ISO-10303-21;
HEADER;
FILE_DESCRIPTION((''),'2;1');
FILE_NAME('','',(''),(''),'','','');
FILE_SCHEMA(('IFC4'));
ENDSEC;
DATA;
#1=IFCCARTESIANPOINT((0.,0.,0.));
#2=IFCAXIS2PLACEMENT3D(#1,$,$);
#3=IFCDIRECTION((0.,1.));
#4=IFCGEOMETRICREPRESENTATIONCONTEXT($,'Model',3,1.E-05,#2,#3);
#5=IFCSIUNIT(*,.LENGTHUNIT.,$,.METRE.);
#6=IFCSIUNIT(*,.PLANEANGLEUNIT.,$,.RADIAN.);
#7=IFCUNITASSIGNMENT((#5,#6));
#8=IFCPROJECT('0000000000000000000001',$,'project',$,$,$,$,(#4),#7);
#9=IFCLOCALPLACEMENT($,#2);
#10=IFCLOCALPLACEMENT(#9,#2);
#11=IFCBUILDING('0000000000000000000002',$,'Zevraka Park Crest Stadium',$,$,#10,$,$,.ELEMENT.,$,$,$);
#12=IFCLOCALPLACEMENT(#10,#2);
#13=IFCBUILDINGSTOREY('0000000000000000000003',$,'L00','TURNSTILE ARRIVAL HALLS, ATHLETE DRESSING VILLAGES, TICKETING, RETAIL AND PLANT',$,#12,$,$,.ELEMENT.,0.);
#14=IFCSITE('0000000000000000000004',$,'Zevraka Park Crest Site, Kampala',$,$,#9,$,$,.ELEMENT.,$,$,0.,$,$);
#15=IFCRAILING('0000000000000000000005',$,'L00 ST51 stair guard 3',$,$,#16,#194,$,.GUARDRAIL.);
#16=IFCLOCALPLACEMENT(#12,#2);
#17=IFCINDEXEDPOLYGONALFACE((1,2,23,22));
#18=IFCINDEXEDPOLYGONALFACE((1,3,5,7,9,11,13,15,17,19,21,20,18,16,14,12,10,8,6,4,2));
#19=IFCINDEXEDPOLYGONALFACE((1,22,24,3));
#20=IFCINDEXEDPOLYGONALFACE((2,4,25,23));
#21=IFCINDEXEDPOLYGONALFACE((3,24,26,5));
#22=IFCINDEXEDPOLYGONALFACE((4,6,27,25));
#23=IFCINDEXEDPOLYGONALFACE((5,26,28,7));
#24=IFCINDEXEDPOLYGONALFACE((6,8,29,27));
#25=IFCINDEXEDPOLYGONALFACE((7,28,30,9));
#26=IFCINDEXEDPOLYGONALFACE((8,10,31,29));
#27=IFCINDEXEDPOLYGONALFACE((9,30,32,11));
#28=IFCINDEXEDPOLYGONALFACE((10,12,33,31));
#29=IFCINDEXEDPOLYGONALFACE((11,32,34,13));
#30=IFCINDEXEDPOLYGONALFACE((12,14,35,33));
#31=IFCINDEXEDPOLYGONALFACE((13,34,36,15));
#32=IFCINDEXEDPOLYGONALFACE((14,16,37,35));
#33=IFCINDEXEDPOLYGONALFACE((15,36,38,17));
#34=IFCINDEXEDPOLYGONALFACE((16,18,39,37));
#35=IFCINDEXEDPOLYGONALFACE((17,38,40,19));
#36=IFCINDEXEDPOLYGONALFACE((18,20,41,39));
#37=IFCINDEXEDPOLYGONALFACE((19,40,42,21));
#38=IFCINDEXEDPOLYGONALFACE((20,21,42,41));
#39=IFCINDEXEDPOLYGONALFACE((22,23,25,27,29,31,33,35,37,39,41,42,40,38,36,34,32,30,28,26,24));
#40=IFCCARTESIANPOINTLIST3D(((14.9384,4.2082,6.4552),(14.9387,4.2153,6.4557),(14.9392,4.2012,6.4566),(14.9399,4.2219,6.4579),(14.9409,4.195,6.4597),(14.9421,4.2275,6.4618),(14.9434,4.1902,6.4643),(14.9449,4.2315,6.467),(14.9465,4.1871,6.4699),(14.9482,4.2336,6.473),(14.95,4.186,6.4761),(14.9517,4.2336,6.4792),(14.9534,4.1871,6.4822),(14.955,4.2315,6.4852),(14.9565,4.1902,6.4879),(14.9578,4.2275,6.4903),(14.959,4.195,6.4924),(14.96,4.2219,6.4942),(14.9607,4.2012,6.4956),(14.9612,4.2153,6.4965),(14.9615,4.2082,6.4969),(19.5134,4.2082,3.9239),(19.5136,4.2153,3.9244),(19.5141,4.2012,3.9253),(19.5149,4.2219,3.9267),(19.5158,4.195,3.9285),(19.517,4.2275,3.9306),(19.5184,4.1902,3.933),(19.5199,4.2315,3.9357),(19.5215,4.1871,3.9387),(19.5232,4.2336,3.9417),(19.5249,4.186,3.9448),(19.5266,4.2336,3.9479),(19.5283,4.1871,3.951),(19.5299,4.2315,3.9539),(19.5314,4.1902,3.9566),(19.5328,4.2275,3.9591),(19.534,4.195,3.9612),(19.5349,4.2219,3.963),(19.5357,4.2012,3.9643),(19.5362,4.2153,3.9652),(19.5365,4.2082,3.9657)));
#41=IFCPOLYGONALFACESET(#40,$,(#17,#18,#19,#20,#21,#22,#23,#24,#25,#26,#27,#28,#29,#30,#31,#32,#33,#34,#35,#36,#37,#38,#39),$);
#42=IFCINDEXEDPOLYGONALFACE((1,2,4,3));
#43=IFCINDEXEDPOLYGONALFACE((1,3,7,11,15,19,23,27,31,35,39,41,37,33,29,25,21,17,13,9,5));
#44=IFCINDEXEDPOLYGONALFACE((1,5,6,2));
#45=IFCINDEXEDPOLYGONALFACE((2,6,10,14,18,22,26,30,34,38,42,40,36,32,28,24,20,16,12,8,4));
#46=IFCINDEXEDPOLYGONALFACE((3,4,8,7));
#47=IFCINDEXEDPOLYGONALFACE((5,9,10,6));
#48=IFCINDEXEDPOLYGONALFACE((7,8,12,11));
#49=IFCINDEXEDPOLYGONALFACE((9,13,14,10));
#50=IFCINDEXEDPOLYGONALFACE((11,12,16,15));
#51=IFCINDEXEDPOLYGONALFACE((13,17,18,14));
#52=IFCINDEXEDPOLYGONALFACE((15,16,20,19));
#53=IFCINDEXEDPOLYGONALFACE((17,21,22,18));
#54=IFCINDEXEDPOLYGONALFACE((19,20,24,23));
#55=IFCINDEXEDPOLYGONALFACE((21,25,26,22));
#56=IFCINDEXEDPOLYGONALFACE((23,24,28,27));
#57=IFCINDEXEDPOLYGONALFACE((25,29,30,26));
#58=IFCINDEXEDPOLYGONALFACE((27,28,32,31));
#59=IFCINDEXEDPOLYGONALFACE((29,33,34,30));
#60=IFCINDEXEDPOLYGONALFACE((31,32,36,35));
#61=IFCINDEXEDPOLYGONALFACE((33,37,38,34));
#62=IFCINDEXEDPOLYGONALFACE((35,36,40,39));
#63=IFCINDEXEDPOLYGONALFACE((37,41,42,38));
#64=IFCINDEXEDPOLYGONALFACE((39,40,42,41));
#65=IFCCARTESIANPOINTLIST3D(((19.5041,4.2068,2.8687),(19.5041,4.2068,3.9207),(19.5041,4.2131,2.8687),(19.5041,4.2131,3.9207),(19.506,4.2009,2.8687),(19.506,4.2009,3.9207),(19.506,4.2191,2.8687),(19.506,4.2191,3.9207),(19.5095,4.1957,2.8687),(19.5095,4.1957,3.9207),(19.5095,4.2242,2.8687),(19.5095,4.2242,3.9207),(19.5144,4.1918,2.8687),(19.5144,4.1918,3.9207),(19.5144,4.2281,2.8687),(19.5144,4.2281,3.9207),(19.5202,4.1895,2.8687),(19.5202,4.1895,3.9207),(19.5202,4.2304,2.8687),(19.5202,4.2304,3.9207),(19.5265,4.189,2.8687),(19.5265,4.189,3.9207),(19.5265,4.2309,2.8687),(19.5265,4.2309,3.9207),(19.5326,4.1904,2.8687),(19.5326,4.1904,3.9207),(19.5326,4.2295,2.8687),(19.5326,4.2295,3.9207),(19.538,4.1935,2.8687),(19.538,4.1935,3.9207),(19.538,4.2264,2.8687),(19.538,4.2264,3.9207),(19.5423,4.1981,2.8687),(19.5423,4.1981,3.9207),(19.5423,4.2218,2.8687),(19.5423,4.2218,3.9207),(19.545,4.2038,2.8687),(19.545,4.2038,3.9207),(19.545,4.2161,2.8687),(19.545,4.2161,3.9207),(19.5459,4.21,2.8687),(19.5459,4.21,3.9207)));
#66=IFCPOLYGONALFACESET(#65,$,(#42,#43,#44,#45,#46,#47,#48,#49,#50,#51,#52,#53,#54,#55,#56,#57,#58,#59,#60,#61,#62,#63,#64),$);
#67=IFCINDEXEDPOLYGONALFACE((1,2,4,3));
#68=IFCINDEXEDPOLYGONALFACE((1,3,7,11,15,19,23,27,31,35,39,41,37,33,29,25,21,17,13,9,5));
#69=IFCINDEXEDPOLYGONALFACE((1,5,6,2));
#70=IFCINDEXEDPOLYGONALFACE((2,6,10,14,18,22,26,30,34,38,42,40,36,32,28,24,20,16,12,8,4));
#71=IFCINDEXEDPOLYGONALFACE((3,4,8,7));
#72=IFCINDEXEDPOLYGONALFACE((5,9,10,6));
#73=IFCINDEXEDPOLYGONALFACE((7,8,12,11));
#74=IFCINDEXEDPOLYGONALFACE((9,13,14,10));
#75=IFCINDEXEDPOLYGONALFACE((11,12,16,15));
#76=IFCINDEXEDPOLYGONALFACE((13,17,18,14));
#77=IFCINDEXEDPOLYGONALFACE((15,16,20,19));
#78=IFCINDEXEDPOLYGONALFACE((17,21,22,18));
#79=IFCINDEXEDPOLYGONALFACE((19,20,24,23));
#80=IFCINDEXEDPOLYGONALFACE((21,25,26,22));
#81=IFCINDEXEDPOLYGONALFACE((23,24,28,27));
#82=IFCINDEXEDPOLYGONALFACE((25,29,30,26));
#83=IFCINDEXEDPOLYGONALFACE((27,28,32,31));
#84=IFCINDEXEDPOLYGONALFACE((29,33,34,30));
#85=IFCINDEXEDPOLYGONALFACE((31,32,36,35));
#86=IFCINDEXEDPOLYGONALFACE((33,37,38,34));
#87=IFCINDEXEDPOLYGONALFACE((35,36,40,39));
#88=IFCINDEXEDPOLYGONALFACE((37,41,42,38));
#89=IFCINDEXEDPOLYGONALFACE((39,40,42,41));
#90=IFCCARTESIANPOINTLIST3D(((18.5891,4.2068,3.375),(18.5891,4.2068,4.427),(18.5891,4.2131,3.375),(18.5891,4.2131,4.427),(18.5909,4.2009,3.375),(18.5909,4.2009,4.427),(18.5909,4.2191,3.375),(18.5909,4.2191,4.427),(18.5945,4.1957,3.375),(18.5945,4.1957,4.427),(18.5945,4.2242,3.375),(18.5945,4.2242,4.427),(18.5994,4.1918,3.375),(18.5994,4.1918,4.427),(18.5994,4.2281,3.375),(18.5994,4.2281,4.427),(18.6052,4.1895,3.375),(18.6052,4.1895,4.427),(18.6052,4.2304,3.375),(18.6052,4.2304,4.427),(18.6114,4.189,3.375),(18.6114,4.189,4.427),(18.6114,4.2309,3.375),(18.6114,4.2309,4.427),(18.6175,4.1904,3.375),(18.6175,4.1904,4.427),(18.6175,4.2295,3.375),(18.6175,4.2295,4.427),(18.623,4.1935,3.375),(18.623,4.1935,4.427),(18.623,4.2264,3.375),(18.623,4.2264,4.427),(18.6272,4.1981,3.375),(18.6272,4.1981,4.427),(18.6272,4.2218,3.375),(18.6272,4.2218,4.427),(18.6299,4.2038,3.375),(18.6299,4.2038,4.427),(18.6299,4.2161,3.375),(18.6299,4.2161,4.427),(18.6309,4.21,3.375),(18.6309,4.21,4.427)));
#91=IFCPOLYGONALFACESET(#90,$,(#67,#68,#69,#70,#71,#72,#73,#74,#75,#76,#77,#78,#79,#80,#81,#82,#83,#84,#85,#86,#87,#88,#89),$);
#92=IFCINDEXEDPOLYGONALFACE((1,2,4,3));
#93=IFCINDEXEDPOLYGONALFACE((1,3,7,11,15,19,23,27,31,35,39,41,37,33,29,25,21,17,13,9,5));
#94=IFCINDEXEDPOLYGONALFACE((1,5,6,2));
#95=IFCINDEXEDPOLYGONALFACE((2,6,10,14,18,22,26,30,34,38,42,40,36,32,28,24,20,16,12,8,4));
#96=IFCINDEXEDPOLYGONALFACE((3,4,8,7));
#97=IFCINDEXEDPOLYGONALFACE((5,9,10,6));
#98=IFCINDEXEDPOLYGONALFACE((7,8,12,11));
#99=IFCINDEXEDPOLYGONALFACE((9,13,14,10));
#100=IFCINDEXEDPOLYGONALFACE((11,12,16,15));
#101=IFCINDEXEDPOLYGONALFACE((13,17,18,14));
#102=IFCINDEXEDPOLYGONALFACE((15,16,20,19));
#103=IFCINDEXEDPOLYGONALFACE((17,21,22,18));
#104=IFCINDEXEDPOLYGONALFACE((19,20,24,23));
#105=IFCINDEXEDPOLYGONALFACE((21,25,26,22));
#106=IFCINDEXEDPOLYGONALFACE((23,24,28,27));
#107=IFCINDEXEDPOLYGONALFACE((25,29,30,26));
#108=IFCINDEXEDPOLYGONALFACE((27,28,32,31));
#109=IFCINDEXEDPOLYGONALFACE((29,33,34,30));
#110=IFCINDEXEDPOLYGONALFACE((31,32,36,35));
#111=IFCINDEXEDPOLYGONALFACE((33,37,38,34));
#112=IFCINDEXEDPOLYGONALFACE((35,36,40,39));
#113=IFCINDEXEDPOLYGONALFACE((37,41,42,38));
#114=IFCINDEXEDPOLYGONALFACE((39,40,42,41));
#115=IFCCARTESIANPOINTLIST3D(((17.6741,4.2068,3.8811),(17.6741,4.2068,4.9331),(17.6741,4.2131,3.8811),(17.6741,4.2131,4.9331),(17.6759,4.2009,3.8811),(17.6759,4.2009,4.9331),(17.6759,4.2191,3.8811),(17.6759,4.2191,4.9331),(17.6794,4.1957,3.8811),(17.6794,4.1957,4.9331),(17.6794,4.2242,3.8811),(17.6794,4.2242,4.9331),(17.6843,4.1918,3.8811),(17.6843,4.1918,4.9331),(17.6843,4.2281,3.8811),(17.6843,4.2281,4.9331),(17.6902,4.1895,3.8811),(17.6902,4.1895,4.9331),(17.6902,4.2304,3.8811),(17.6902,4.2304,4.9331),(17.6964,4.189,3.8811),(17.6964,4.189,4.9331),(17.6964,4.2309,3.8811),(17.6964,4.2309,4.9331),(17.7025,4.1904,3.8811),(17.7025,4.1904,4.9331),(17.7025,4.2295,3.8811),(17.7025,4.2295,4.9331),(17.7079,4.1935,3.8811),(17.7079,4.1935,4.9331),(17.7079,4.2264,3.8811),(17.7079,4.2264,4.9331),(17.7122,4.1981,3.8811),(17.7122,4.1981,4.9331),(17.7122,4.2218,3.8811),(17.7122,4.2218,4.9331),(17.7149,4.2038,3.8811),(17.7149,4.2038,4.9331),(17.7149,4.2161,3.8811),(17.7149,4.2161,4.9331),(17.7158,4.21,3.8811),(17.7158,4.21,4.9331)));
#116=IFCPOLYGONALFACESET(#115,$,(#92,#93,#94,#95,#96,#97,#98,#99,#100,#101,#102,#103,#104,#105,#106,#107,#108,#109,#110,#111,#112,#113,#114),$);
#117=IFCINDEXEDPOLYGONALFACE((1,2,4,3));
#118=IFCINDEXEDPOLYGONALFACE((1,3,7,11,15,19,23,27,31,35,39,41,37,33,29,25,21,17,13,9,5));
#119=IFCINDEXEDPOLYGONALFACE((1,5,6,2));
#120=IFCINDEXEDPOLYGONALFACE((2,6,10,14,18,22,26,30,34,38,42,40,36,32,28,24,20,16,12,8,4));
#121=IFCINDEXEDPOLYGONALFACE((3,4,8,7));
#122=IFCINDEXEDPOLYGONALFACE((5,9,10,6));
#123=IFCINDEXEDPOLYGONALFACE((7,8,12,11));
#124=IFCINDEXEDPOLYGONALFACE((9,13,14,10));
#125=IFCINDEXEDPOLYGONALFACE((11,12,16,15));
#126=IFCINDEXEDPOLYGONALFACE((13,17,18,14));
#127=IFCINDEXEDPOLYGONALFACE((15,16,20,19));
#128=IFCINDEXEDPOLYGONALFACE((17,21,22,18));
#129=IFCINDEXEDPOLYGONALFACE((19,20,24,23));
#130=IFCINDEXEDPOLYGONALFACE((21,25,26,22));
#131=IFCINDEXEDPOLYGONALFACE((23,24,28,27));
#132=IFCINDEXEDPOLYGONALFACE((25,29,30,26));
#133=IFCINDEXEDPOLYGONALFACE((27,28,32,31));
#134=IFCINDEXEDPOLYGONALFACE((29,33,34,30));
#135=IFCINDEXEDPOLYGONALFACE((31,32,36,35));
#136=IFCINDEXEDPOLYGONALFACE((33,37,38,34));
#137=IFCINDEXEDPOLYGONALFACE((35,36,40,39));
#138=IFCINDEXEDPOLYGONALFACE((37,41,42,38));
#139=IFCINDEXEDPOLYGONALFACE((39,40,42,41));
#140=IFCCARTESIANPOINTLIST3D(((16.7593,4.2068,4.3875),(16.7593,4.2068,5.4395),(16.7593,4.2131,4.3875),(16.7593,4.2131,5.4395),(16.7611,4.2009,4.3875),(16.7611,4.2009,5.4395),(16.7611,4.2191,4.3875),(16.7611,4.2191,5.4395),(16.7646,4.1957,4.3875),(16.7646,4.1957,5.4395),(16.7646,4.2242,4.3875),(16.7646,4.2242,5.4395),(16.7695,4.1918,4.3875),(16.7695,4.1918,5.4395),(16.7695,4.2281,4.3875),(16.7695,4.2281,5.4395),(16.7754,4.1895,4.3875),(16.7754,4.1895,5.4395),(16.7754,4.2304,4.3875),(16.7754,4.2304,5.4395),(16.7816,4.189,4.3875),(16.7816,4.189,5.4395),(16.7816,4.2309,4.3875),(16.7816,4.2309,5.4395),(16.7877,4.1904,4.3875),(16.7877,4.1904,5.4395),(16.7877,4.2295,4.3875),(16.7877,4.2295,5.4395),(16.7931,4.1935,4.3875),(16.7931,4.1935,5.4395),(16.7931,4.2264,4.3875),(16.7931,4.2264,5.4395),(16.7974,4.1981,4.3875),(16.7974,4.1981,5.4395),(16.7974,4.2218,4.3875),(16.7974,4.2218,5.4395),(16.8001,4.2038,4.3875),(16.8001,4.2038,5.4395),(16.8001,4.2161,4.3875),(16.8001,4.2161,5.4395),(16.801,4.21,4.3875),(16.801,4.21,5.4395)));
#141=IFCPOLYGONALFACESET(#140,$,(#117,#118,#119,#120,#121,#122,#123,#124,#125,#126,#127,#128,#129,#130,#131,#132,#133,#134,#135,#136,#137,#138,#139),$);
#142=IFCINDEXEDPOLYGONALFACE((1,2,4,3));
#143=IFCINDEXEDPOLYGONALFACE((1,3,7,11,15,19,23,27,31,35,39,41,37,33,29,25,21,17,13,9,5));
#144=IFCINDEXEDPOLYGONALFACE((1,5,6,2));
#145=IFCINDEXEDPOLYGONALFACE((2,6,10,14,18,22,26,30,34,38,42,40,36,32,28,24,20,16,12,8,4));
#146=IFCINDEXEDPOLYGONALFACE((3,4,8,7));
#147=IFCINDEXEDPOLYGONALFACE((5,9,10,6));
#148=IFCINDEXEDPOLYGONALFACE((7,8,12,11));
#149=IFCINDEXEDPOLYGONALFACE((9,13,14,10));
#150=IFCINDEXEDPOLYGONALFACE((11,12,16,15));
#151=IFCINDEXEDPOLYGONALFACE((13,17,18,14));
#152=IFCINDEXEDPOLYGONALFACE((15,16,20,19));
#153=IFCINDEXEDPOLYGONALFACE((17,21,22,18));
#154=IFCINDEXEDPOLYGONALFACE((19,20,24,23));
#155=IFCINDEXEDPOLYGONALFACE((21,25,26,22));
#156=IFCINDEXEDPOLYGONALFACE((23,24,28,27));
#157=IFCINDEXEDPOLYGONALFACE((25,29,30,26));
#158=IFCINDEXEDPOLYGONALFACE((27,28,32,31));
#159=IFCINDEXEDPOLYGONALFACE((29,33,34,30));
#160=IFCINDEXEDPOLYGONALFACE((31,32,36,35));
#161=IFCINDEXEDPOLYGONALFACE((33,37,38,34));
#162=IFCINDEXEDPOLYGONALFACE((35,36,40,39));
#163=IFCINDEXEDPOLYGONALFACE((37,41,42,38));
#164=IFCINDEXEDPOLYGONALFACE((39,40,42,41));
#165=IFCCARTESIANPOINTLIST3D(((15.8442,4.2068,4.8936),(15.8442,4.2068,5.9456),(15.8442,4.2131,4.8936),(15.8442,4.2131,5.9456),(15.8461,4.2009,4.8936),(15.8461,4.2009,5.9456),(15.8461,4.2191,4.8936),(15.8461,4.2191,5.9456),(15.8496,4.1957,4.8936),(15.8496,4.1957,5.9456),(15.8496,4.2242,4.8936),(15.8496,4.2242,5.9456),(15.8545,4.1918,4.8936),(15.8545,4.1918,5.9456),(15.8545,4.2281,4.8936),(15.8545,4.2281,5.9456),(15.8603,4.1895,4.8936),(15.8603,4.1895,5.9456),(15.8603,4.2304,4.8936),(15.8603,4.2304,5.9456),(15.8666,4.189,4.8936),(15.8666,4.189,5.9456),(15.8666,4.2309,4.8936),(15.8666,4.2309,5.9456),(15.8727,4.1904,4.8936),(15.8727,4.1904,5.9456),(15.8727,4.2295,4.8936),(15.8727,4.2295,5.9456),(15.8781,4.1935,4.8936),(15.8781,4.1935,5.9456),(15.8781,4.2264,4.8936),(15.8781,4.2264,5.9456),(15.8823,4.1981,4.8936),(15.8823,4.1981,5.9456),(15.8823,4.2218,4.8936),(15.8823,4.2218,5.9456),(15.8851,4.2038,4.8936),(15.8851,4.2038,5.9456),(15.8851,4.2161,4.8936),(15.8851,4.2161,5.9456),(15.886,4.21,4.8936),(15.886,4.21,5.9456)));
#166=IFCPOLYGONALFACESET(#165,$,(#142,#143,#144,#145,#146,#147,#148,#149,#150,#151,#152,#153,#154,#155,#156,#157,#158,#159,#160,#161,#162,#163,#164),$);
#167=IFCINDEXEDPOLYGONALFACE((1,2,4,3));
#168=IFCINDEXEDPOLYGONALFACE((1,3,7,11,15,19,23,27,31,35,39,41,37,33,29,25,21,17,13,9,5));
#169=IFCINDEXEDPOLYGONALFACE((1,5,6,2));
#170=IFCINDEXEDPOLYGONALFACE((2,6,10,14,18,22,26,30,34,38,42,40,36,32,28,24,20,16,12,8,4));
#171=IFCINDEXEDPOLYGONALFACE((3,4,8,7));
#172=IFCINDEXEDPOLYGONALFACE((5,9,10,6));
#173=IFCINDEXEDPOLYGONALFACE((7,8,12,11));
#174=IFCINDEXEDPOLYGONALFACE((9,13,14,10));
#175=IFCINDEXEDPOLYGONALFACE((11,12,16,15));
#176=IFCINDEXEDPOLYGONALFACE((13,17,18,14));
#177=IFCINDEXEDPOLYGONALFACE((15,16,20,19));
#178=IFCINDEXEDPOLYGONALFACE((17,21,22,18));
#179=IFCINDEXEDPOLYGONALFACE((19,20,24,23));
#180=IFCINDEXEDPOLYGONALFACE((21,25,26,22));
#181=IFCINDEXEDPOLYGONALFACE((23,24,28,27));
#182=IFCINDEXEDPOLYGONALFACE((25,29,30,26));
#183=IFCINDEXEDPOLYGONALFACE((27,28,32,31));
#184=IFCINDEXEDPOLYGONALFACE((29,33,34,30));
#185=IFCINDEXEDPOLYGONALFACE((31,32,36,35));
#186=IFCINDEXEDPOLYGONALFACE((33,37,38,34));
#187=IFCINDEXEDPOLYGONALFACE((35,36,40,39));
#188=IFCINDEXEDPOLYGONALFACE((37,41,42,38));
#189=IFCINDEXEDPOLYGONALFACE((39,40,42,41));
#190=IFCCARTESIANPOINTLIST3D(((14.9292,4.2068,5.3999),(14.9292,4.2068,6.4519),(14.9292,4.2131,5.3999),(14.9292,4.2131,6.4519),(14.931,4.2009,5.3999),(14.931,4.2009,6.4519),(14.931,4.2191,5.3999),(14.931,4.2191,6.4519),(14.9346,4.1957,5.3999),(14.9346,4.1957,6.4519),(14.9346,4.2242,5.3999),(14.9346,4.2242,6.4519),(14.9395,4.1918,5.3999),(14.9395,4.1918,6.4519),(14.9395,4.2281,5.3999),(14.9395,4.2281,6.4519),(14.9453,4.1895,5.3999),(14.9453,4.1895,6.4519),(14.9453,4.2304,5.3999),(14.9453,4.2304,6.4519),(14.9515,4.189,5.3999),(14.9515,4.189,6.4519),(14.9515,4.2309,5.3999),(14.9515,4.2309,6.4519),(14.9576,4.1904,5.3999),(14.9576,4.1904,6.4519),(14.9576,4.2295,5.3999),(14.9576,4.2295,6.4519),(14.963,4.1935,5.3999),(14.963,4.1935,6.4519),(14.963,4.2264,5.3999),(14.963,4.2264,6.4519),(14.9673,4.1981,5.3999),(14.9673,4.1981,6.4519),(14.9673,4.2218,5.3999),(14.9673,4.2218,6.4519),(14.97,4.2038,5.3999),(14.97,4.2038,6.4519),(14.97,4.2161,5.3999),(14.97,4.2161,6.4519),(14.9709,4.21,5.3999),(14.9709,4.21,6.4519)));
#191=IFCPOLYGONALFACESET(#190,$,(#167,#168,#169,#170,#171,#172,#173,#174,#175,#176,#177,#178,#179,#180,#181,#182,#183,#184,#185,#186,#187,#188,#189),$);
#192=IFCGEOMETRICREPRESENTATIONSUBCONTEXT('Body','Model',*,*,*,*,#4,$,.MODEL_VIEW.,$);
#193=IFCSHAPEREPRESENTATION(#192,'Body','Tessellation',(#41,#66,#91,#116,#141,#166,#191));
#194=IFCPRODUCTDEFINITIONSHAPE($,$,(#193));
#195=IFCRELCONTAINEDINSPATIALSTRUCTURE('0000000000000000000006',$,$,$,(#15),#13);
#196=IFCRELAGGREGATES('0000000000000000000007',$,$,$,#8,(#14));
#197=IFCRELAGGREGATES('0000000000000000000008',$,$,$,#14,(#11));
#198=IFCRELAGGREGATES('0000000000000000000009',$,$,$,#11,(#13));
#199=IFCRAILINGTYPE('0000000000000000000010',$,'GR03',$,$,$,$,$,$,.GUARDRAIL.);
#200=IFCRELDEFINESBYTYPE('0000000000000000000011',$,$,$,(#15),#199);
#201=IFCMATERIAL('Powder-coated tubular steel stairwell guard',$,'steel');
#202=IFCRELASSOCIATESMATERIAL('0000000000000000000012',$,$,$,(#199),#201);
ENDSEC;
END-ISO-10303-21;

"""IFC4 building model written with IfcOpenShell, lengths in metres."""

from ifc_helpers import new_model, si_unit, direction, frame, origin, origin_2d, place, context, subcontext, project, spatial, circle, extrude, material, type_object, element, save


model = new_model("IFC4")

# Units and contexts
model_context = context("Model", 3, precision=1e-05, world=origin(), true_north=direction((0.0, 1.0)))
body_context = subcontext(model_context, "Body", "Model", "MODEL_VIEW")
ifc_project = project(units=[si_unit("LENGTHUNIT", "METRE"), si_unit("PLANEANGLEUNIT", "RADIAN")], contexts=[model_context])

# Site, building, storey
site_placement = place(None, origin())
site = spatial("IfcSite", under=ifc_project, at=site_placement, Name="Zevraka Park Crest Site, Kampala", CompositionType="ELEMENT", RefElevation=0.0)
building_placement = place(site_placement, origin())
building = spatial("IfcBuilding", under=site, at=building_placement, Name="Zevraka Park Crest Stadium", CompositionType="ELEMENT")
storey_placement = place(building_placement, origin())
storey = spatial("IfcBuildingStorey", under=building, at=storey_placement, Name="L00", Description="TURNSTILE ARRIVAL HALLS, ATHLETE DRESSING VILLAGES, TICKETING, RETAIL AND PLANT", CompositionType="ELEMENT", Elevation=0.0)

# Railing
ifc_material_1 = material(Name="Powder-coated tubular steel stairwell guard", Category="steel")
railing_type_1 = type_object("IfcRailingType", Name="GR03", PredefinedType="GUARDRAIL", material=ifc_material_1)
railing_1_placement = place(storey_placement, frame((19.5249, 4.21, 2.8687)))
element("IfcRailing", 1, at=railing_1_placement, inside=storey, type_object=railing_type_1, Name="L00 ST51 stair guard 3", PredefinedType="GUARDRAIL", context=body_context, shape_type="SweptSolid", body=[
    extrude(circle(Radius=0.0239, at=origin_2d()), frame((0.0, 0.0, 1.0762), z_axis=(-0.875, 0.0, 0.484124), x_axis=(0.0, -1.0, 0.0)), (0.0, 0.0, 1.0), 5.2285),
    extrude(circle(Radius=0.021, at=origin_2d()), origin(), (0.0, 0.0, 1.0), 1.052),
    extrude(circle(Radius=0.021, at=origin_2d()), frame((-0.915, 0.0, 0.5063)), (0.0, 0.0, 1.0), 1.052),
    extrude(circle(Radius=0.021, at=origin_2d()), frame((-1.8301, 0.0, 1.0125)), (0.0, 0.0, 1.0), 1.052),
    extrude(circle(Radius=0.021, at=origin_2d()), frame((-2.7449, 0.0, 1.5188)), (0.0, 0.0, 1.0), 1.052),
    extrude(circle(Radius=0.021, at=origin_2d()), frame((-3.6599, 0.0, 2.0249)), (0.0, 0.0, 1.0), 1.052),
    extrude(circle(Radius=0.021, at=origin_2d()), frame((-4.575, 0.0, 2.5312)), (0.0, 0.0, 1.0), 1.052),
])

save(model, "model.ifc")
